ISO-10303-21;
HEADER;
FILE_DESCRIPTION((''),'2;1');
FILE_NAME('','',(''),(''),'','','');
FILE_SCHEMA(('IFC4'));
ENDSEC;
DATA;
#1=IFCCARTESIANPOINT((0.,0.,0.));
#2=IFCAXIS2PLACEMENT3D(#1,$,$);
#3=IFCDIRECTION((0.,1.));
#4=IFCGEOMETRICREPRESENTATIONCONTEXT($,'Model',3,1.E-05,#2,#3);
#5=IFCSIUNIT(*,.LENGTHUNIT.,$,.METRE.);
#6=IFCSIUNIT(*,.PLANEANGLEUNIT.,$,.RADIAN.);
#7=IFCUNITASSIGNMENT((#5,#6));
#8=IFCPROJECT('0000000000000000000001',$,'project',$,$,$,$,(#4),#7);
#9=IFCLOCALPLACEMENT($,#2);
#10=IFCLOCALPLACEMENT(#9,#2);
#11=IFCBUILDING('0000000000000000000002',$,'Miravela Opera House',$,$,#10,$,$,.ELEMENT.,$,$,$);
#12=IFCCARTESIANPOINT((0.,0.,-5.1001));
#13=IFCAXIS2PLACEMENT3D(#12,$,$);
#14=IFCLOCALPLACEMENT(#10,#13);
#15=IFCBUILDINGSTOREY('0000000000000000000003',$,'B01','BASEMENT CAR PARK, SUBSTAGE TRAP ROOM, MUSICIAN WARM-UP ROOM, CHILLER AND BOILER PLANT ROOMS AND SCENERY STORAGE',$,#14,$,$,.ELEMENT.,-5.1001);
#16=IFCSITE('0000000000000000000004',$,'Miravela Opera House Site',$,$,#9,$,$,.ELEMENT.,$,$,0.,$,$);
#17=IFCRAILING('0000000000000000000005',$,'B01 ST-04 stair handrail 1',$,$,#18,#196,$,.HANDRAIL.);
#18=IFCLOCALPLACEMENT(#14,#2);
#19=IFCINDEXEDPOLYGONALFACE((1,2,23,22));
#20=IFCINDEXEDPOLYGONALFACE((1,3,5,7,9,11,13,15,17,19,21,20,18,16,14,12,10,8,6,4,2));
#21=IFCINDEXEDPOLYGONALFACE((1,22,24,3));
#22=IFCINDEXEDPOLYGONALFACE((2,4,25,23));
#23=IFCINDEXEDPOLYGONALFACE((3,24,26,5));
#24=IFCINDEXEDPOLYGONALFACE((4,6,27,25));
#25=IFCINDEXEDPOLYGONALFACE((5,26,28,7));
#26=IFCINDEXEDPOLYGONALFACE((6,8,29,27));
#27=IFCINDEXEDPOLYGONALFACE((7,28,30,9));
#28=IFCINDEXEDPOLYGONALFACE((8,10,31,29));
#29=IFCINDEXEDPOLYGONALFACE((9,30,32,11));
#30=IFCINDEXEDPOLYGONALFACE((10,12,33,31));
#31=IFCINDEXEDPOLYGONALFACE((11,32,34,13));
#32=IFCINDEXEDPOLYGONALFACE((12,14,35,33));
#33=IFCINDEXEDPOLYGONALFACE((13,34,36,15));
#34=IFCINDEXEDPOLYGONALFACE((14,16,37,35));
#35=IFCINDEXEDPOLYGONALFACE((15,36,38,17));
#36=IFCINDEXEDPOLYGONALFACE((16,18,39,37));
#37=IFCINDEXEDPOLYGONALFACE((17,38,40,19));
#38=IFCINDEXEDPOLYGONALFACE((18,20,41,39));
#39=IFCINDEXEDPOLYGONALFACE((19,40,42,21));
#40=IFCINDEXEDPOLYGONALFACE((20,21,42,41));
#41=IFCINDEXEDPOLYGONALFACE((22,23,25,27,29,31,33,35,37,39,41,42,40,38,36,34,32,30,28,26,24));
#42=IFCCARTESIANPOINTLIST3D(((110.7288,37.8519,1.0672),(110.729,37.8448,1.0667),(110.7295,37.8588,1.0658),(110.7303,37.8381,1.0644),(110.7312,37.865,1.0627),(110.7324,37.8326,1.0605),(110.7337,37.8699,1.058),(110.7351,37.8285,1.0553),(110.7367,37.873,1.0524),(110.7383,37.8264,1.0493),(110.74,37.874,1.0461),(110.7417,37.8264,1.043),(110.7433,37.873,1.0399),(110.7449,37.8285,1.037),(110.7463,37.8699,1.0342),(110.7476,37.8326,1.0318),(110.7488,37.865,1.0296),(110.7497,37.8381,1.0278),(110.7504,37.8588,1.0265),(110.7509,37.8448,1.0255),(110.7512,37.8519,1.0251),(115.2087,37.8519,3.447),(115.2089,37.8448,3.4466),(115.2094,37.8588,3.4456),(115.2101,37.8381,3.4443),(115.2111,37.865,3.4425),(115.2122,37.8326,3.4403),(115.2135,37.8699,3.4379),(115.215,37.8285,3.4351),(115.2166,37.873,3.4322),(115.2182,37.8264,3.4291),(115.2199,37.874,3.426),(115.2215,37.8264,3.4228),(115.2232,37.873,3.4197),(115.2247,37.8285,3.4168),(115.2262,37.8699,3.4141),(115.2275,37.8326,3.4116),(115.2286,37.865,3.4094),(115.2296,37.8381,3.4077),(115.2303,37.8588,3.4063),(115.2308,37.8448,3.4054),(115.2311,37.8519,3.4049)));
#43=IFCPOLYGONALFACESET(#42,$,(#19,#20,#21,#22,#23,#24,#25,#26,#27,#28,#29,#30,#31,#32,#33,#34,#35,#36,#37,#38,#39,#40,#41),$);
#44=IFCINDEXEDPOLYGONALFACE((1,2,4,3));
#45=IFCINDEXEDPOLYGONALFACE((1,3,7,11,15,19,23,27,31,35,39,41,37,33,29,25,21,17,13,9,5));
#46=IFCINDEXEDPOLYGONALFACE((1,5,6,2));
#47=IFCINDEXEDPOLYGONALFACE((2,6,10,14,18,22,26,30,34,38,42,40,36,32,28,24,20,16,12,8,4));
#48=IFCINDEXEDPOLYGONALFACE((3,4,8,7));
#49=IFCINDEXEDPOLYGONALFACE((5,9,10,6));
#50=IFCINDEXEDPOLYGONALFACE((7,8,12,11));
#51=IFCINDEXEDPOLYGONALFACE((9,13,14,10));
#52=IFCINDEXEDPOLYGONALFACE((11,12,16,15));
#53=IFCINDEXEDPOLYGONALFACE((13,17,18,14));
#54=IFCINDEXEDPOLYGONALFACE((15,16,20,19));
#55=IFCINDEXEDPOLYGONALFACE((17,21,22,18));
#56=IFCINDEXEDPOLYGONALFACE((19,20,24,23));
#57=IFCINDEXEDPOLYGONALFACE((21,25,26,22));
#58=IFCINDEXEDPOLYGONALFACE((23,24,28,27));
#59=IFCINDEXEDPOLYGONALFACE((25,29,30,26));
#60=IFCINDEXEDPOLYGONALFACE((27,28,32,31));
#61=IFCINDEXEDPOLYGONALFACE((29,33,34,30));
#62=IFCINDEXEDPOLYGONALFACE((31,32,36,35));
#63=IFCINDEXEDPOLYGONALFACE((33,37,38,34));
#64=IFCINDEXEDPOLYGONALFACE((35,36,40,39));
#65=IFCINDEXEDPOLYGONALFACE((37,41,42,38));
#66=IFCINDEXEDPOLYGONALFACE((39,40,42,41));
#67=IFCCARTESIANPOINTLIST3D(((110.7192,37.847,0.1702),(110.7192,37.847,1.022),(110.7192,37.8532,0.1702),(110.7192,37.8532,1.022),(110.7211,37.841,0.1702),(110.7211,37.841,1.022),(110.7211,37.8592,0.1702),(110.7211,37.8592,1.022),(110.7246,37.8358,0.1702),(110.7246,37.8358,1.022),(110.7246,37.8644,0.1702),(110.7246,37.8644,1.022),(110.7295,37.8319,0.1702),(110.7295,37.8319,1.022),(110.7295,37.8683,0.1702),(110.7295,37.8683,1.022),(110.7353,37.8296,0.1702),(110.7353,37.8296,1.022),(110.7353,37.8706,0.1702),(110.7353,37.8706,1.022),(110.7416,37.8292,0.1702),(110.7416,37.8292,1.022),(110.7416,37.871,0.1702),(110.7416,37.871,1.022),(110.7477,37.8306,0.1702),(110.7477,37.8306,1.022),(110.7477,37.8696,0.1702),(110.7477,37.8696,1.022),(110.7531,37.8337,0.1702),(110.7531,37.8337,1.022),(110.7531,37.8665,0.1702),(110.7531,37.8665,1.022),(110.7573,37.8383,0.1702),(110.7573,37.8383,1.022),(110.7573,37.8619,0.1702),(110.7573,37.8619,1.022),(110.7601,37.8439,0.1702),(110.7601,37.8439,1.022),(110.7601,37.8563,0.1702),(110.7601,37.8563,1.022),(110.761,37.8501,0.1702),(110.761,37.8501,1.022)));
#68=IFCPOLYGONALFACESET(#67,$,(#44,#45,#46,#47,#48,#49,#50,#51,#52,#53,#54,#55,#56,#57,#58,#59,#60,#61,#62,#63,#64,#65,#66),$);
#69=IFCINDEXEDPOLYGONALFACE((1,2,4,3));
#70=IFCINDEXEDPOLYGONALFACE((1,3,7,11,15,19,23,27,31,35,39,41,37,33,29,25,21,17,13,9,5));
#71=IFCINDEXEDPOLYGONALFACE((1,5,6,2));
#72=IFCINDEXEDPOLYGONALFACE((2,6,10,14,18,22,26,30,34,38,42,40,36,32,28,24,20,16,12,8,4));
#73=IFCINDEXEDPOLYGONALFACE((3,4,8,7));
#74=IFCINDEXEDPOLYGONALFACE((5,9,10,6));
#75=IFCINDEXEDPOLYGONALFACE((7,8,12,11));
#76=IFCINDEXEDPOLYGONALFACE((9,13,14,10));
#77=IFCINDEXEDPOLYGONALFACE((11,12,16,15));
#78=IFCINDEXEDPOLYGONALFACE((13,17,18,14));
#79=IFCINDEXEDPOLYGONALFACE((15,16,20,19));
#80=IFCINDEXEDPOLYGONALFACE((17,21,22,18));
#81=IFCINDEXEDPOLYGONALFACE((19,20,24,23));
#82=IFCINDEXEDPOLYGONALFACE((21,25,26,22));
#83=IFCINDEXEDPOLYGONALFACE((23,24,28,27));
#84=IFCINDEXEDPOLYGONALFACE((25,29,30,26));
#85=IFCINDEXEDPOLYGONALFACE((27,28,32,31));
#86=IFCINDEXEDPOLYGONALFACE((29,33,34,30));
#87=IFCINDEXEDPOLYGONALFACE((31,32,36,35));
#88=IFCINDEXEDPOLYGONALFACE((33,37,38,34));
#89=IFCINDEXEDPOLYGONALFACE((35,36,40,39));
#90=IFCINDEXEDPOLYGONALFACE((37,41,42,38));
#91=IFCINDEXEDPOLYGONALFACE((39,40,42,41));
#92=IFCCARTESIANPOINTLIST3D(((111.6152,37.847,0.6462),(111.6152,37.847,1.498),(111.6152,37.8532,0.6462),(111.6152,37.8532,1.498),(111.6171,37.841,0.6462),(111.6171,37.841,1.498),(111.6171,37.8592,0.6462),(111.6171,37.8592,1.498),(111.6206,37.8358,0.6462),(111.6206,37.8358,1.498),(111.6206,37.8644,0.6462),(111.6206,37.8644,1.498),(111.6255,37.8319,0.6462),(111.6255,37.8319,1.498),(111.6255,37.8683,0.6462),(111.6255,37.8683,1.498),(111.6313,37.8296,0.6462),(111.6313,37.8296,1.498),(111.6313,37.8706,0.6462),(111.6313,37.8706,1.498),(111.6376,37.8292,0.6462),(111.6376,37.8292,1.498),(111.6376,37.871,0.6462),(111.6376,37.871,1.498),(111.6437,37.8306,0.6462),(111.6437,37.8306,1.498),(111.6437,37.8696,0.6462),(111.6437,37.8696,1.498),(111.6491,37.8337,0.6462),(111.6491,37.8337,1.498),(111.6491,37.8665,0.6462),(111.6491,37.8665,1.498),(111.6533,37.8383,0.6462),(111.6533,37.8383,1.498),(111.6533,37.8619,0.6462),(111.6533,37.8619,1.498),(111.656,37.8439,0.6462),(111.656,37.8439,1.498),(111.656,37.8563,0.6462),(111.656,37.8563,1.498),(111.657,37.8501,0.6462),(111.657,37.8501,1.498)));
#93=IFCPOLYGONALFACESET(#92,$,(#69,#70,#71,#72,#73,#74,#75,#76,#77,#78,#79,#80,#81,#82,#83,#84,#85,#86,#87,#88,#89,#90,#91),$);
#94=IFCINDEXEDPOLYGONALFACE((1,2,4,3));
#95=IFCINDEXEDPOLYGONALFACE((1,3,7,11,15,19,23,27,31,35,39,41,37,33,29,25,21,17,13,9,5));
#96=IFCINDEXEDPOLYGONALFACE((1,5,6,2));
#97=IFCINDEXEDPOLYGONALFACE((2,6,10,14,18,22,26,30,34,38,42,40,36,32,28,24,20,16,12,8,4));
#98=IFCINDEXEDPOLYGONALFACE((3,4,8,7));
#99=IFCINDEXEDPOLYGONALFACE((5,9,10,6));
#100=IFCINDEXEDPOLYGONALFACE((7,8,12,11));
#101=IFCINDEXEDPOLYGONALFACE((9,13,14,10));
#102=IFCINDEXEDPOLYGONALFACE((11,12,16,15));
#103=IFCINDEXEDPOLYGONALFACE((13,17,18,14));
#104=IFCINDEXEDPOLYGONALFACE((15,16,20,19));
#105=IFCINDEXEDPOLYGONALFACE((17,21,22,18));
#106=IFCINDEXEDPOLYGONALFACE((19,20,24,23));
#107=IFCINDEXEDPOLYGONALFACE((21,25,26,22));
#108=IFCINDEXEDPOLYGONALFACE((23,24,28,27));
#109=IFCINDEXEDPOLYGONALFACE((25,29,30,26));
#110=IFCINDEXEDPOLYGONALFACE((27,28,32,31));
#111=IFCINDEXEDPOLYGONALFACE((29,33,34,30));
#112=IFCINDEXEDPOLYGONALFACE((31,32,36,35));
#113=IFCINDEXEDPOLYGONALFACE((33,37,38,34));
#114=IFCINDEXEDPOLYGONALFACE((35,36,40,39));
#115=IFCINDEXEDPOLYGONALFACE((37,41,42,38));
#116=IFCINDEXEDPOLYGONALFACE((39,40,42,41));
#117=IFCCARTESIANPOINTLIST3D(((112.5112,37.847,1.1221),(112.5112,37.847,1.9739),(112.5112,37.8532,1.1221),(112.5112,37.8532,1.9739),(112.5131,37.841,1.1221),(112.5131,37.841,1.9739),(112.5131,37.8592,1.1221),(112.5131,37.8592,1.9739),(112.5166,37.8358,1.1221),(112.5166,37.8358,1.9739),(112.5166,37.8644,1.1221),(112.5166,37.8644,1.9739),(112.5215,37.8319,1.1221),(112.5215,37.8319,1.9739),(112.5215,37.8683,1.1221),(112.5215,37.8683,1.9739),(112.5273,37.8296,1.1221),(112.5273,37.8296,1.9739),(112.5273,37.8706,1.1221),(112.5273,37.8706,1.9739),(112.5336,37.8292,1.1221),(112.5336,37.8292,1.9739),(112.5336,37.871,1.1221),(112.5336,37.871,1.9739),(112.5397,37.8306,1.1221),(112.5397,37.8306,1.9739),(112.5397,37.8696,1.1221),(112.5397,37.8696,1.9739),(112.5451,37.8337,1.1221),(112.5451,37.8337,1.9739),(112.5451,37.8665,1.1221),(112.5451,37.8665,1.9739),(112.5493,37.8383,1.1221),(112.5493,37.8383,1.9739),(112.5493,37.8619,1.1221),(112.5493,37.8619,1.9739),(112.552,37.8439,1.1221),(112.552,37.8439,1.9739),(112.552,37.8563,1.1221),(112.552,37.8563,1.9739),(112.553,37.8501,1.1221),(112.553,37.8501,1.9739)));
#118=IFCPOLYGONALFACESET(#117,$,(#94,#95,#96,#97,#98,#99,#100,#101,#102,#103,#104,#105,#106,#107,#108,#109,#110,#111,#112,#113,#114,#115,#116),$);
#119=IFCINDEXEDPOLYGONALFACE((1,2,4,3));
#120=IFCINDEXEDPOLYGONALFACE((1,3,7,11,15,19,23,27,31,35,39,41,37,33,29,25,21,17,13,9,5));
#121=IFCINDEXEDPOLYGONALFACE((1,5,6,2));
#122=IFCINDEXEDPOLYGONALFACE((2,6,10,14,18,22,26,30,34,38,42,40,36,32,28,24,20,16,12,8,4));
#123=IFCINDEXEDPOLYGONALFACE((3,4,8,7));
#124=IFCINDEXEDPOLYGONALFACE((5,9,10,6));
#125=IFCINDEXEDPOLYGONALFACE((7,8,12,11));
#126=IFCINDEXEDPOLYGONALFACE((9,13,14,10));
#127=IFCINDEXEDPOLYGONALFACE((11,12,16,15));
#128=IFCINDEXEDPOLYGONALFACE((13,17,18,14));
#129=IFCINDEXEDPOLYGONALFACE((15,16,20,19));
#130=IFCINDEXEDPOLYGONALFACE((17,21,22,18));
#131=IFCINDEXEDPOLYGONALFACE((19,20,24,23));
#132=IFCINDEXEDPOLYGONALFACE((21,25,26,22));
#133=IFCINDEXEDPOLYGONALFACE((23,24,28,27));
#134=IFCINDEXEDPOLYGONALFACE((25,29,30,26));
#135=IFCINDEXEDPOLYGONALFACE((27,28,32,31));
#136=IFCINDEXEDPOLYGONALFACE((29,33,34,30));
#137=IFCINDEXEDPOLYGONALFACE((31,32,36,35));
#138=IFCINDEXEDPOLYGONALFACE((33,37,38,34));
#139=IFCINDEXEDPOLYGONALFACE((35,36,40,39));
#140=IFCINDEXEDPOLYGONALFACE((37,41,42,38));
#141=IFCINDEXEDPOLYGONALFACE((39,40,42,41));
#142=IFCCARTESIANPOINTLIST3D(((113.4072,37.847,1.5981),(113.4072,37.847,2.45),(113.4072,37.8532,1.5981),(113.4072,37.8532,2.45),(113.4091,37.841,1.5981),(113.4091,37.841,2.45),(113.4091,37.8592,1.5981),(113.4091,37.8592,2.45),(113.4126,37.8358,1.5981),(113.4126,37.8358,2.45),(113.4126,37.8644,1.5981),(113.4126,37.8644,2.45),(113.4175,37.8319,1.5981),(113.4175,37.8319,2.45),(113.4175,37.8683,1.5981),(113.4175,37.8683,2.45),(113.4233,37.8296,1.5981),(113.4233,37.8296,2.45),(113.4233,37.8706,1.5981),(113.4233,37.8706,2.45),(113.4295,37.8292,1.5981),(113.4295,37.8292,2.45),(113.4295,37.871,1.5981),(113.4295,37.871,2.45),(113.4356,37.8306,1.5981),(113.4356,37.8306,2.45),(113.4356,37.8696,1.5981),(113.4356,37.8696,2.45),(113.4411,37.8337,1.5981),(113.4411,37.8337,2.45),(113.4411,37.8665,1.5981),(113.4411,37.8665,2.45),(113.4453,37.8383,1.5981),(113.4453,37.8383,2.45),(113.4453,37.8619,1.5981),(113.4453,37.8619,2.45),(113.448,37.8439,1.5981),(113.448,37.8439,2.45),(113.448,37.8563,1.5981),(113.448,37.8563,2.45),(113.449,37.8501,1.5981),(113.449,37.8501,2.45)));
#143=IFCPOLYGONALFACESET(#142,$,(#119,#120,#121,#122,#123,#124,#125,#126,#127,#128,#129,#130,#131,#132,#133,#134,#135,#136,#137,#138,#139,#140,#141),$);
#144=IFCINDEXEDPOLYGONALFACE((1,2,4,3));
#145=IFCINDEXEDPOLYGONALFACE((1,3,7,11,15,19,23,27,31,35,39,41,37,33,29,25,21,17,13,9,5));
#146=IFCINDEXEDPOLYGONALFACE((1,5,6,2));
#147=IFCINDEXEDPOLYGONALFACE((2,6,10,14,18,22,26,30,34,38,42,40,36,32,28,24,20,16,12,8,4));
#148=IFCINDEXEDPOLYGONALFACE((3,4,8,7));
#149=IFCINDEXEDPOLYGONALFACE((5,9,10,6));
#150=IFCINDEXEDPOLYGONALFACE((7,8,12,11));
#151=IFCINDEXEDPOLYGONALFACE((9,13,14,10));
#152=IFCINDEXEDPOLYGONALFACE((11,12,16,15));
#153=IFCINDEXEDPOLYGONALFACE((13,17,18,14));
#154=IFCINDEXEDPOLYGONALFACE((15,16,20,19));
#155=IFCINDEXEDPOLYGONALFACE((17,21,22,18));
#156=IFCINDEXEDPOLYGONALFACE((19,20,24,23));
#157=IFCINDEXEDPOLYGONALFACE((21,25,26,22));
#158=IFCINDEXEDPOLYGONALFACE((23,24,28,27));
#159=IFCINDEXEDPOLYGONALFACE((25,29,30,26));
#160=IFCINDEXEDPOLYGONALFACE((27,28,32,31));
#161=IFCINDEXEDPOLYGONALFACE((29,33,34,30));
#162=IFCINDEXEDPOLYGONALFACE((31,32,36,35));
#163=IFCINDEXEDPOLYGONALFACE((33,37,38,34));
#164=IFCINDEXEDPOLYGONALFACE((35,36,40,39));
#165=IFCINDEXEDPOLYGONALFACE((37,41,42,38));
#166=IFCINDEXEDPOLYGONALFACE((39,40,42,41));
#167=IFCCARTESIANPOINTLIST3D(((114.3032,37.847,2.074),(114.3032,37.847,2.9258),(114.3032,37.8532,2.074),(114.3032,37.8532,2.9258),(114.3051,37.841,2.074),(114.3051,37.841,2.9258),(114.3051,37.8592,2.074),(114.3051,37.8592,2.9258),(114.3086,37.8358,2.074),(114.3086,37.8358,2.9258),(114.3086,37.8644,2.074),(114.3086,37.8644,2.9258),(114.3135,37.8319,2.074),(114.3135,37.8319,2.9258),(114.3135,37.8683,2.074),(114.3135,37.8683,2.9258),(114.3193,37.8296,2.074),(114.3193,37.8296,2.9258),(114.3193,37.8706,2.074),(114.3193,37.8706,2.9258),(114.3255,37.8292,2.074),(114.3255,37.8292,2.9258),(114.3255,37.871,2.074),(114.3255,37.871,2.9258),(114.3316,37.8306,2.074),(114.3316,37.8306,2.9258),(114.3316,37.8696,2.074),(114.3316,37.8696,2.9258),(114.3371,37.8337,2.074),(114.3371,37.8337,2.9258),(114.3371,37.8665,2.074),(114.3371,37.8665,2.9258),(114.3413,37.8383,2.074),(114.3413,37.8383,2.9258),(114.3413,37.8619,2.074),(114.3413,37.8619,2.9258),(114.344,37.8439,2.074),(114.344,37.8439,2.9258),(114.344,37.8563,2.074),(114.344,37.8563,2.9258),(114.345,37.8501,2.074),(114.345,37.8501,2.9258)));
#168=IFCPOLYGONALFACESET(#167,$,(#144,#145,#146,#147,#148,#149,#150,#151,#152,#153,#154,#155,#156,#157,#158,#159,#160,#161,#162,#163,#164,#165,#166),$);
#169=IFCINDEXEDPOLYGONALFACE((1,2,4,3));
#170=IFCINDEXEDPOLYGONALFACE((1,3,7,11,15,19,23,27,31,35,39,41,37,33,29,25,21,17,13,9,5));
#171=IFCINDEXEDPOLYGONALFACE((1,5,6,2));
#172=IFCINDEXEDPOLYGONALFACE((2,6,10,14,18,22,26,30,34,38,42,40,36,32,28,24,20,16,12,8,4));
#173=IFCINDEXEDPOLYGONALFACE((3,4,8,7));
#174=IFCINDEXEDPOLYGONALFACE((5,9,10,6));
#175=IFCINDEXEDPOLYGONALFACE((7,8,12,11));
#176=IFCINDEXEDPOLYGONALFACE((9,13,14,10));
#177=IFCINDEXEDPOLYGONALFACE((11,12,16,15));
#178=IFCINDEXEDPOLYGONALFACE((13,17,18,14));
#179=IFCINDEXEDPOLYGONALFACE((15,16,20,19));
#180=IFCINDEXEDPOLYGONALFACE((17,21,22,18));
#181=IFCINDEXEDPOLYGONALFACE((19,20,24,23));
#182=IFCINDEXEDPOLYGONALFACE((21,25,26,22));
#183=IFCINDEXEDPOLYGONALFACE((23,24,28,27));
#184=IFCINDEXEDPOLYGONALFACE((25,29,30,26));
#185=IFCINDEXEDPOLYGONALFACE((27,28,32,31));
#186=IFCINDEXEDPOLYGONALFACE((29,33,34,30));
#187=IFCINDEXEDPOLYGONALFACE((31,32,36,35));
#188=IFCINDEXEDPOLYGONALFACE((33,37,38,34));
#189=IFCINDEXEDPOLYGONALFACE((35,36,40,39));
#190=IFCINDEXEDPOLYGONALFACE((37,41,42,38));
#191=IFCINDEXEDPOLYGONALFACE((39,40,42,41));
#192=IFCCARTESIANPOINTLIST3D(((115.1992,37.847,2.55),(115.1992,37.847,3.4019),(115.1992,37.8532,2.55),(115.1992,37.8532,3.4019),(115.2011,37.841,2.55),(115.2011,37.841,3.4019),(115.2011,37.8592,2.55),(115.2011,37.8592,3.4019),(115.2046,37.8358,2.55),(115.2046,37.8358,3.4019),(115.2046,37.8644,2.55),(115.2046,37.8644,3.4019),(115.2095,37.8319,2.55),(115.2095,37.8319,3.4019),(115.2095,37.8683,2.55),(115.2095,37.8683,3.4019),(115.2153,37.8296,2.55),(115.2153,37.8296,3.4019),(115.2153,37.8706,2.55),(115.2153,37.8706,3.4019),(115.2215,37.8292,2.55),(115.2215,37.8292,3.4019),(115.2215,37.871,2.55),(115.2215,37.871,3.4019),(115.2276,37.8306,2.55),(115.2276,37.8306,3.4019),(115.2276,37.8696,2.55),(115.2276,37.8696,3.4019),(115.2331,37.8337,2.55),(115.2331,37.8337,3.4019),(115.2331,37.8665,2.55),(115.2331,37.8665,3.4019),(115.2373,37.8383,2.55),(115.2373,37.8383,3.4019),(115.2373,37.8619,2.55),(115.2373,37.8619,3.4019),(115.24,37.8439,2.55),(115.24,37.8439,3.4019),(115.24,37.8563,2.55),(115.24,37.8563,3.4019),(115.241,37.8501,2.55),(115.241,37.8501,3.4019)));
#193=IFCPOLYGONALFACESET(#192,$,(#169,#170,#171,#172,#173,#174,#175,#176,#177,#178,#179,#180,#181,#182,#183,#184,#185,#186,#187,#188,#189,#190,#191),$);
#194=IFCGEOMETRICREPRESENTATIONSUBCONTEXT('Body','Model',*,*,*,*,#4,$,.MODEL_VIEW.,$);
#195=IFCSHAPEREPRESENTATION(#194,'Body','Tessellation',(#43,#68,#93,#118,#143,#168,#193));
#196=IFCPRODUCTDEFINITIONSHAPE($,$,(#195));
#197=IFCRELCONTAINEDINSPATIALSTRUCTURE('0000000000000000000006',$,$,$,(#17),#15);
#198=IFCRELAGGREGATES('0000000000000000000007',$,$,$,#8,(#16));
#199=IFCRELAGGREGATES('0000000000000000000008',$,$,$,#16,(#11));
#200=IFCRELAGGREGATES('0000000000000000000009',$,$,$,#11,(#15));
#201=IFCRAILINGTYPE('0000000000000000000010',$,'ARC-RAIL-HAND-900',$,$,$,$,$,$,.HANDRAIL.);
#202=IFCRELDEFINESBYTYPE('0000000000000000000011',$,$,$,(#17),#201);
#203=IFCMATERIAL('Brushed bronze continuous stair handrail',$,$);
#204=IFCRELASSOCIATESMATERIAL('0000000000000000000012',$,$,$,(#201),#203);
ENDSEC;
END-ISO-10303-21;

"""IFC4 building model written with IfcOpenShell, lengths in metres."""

from ifc_helpers import new_model, si_unit, direction, frame, origin, origin_2d, place, context, subcontext, project, spatial, circle, extrude, material, type_object, element, save


model = new_model("IFC4")

# Units and contexts
model_context = context("Model", 3, precision=1e-05, world=origin(), true_north=direction((0.0, 1.0)))
body_context = subcontext(model_context, "Body", "Model", "MODEL_VIEW")
ifc_project = project(units=[si_unit("LENGTHUNIT", "METRE"), si_unit("PLANEANGLEUNIT", "RADIAN")], contexts=[model_context])

# Site, building, storey
site_placement = place(None, origin())
site = spatial("IfcSite", under=ifc_project, at=site_placement, Name="Miravela Opera House Site", CompositionType="ELEMENT", RefElevation=0.0)
building_placement = place(site_placement, origin())
building = spatial("IfcBuilding", under=site, at=building_placement, Name="Miravela Opera House", CompositionType="ELEMENT")
storey_placement = place(building_placement, frame((0.0, 0.0, -5.1001)))
storey = spatial("IfcBuildingStorey", under=building, at=storey_placement, Name="B01", Description="BASEMENT CAR PARK, SUBSTAGE TRAP ROOM, MUSICIAN WARM-UP ROOM, CHILLER AND BOILER PLANT ROOMS AND SCENERY STORAGE", CompositionType="ELEMENT", Elevation=-5.1001)

# Railing
ifc_material_1 = material(Name="Brushed bronze continuous stair handrail")
railing_type_1 = type_object("IfcRailingType", Name="ARC-RAIL-HAND-900", PredefinedType="HANDRAIL", material=ifc_material_1)
railing_1_placement = place(storey_placement, frame((110.74, 37.8501, 0.1702)))
element("IfcRailing", 1, at=railing_1_placement, inside=storey, type_object=railing_type_1, Name="B01 ST-04 stair handrail 1", PredefinedType="HANDRAIL", context=body_context, shape_type="SweptSolid", body=[
    extrude(circle(Radius=0.0239, at=origin_2d()), frame((0.0, 0.0, 0.876), z_axis=(0.883124, 0.0, 0.469139), x_axis=(0.0, 1.0, 0.0)), (0.0, 0.0, 1.0), 5.0728),
    extrude(circle(Radius=0.021, at=origin_2d()), origin(), (0.0, 0.0, 1.0), 0.8518),
    extrude(circle(Radius=0.021, at=origin_2d()), frame((0.896, 0.0, 0.4761)), (0.0, 0.0, 1.0), 0.8518),
    extrude(circle(Radius=0.021, at=origin_2d()), frame((1.792, 0.0, 0.9519)), (0.0, 0.0, 1.0), 0.8518),
    extrude(circle(Radius=0.021, at=origin_2d()), frame((2.688, 0.0, 1.428)), (0.0, 0.0, 1.0), 0.8518),
    extrude(circle(Radius=0.021, at=origin_2d()), frame((3.584, 0.0, 1.9038)), (0.0, 0.0, 1.0), 0.8518),
    extrude(circle(Radius=0.021, at=origin_2d()), frame((4.48, 0.0, 2.3799)), (0.0, 0.0, 1.0), 0.8518),
])

save(model, "model.ifc")
